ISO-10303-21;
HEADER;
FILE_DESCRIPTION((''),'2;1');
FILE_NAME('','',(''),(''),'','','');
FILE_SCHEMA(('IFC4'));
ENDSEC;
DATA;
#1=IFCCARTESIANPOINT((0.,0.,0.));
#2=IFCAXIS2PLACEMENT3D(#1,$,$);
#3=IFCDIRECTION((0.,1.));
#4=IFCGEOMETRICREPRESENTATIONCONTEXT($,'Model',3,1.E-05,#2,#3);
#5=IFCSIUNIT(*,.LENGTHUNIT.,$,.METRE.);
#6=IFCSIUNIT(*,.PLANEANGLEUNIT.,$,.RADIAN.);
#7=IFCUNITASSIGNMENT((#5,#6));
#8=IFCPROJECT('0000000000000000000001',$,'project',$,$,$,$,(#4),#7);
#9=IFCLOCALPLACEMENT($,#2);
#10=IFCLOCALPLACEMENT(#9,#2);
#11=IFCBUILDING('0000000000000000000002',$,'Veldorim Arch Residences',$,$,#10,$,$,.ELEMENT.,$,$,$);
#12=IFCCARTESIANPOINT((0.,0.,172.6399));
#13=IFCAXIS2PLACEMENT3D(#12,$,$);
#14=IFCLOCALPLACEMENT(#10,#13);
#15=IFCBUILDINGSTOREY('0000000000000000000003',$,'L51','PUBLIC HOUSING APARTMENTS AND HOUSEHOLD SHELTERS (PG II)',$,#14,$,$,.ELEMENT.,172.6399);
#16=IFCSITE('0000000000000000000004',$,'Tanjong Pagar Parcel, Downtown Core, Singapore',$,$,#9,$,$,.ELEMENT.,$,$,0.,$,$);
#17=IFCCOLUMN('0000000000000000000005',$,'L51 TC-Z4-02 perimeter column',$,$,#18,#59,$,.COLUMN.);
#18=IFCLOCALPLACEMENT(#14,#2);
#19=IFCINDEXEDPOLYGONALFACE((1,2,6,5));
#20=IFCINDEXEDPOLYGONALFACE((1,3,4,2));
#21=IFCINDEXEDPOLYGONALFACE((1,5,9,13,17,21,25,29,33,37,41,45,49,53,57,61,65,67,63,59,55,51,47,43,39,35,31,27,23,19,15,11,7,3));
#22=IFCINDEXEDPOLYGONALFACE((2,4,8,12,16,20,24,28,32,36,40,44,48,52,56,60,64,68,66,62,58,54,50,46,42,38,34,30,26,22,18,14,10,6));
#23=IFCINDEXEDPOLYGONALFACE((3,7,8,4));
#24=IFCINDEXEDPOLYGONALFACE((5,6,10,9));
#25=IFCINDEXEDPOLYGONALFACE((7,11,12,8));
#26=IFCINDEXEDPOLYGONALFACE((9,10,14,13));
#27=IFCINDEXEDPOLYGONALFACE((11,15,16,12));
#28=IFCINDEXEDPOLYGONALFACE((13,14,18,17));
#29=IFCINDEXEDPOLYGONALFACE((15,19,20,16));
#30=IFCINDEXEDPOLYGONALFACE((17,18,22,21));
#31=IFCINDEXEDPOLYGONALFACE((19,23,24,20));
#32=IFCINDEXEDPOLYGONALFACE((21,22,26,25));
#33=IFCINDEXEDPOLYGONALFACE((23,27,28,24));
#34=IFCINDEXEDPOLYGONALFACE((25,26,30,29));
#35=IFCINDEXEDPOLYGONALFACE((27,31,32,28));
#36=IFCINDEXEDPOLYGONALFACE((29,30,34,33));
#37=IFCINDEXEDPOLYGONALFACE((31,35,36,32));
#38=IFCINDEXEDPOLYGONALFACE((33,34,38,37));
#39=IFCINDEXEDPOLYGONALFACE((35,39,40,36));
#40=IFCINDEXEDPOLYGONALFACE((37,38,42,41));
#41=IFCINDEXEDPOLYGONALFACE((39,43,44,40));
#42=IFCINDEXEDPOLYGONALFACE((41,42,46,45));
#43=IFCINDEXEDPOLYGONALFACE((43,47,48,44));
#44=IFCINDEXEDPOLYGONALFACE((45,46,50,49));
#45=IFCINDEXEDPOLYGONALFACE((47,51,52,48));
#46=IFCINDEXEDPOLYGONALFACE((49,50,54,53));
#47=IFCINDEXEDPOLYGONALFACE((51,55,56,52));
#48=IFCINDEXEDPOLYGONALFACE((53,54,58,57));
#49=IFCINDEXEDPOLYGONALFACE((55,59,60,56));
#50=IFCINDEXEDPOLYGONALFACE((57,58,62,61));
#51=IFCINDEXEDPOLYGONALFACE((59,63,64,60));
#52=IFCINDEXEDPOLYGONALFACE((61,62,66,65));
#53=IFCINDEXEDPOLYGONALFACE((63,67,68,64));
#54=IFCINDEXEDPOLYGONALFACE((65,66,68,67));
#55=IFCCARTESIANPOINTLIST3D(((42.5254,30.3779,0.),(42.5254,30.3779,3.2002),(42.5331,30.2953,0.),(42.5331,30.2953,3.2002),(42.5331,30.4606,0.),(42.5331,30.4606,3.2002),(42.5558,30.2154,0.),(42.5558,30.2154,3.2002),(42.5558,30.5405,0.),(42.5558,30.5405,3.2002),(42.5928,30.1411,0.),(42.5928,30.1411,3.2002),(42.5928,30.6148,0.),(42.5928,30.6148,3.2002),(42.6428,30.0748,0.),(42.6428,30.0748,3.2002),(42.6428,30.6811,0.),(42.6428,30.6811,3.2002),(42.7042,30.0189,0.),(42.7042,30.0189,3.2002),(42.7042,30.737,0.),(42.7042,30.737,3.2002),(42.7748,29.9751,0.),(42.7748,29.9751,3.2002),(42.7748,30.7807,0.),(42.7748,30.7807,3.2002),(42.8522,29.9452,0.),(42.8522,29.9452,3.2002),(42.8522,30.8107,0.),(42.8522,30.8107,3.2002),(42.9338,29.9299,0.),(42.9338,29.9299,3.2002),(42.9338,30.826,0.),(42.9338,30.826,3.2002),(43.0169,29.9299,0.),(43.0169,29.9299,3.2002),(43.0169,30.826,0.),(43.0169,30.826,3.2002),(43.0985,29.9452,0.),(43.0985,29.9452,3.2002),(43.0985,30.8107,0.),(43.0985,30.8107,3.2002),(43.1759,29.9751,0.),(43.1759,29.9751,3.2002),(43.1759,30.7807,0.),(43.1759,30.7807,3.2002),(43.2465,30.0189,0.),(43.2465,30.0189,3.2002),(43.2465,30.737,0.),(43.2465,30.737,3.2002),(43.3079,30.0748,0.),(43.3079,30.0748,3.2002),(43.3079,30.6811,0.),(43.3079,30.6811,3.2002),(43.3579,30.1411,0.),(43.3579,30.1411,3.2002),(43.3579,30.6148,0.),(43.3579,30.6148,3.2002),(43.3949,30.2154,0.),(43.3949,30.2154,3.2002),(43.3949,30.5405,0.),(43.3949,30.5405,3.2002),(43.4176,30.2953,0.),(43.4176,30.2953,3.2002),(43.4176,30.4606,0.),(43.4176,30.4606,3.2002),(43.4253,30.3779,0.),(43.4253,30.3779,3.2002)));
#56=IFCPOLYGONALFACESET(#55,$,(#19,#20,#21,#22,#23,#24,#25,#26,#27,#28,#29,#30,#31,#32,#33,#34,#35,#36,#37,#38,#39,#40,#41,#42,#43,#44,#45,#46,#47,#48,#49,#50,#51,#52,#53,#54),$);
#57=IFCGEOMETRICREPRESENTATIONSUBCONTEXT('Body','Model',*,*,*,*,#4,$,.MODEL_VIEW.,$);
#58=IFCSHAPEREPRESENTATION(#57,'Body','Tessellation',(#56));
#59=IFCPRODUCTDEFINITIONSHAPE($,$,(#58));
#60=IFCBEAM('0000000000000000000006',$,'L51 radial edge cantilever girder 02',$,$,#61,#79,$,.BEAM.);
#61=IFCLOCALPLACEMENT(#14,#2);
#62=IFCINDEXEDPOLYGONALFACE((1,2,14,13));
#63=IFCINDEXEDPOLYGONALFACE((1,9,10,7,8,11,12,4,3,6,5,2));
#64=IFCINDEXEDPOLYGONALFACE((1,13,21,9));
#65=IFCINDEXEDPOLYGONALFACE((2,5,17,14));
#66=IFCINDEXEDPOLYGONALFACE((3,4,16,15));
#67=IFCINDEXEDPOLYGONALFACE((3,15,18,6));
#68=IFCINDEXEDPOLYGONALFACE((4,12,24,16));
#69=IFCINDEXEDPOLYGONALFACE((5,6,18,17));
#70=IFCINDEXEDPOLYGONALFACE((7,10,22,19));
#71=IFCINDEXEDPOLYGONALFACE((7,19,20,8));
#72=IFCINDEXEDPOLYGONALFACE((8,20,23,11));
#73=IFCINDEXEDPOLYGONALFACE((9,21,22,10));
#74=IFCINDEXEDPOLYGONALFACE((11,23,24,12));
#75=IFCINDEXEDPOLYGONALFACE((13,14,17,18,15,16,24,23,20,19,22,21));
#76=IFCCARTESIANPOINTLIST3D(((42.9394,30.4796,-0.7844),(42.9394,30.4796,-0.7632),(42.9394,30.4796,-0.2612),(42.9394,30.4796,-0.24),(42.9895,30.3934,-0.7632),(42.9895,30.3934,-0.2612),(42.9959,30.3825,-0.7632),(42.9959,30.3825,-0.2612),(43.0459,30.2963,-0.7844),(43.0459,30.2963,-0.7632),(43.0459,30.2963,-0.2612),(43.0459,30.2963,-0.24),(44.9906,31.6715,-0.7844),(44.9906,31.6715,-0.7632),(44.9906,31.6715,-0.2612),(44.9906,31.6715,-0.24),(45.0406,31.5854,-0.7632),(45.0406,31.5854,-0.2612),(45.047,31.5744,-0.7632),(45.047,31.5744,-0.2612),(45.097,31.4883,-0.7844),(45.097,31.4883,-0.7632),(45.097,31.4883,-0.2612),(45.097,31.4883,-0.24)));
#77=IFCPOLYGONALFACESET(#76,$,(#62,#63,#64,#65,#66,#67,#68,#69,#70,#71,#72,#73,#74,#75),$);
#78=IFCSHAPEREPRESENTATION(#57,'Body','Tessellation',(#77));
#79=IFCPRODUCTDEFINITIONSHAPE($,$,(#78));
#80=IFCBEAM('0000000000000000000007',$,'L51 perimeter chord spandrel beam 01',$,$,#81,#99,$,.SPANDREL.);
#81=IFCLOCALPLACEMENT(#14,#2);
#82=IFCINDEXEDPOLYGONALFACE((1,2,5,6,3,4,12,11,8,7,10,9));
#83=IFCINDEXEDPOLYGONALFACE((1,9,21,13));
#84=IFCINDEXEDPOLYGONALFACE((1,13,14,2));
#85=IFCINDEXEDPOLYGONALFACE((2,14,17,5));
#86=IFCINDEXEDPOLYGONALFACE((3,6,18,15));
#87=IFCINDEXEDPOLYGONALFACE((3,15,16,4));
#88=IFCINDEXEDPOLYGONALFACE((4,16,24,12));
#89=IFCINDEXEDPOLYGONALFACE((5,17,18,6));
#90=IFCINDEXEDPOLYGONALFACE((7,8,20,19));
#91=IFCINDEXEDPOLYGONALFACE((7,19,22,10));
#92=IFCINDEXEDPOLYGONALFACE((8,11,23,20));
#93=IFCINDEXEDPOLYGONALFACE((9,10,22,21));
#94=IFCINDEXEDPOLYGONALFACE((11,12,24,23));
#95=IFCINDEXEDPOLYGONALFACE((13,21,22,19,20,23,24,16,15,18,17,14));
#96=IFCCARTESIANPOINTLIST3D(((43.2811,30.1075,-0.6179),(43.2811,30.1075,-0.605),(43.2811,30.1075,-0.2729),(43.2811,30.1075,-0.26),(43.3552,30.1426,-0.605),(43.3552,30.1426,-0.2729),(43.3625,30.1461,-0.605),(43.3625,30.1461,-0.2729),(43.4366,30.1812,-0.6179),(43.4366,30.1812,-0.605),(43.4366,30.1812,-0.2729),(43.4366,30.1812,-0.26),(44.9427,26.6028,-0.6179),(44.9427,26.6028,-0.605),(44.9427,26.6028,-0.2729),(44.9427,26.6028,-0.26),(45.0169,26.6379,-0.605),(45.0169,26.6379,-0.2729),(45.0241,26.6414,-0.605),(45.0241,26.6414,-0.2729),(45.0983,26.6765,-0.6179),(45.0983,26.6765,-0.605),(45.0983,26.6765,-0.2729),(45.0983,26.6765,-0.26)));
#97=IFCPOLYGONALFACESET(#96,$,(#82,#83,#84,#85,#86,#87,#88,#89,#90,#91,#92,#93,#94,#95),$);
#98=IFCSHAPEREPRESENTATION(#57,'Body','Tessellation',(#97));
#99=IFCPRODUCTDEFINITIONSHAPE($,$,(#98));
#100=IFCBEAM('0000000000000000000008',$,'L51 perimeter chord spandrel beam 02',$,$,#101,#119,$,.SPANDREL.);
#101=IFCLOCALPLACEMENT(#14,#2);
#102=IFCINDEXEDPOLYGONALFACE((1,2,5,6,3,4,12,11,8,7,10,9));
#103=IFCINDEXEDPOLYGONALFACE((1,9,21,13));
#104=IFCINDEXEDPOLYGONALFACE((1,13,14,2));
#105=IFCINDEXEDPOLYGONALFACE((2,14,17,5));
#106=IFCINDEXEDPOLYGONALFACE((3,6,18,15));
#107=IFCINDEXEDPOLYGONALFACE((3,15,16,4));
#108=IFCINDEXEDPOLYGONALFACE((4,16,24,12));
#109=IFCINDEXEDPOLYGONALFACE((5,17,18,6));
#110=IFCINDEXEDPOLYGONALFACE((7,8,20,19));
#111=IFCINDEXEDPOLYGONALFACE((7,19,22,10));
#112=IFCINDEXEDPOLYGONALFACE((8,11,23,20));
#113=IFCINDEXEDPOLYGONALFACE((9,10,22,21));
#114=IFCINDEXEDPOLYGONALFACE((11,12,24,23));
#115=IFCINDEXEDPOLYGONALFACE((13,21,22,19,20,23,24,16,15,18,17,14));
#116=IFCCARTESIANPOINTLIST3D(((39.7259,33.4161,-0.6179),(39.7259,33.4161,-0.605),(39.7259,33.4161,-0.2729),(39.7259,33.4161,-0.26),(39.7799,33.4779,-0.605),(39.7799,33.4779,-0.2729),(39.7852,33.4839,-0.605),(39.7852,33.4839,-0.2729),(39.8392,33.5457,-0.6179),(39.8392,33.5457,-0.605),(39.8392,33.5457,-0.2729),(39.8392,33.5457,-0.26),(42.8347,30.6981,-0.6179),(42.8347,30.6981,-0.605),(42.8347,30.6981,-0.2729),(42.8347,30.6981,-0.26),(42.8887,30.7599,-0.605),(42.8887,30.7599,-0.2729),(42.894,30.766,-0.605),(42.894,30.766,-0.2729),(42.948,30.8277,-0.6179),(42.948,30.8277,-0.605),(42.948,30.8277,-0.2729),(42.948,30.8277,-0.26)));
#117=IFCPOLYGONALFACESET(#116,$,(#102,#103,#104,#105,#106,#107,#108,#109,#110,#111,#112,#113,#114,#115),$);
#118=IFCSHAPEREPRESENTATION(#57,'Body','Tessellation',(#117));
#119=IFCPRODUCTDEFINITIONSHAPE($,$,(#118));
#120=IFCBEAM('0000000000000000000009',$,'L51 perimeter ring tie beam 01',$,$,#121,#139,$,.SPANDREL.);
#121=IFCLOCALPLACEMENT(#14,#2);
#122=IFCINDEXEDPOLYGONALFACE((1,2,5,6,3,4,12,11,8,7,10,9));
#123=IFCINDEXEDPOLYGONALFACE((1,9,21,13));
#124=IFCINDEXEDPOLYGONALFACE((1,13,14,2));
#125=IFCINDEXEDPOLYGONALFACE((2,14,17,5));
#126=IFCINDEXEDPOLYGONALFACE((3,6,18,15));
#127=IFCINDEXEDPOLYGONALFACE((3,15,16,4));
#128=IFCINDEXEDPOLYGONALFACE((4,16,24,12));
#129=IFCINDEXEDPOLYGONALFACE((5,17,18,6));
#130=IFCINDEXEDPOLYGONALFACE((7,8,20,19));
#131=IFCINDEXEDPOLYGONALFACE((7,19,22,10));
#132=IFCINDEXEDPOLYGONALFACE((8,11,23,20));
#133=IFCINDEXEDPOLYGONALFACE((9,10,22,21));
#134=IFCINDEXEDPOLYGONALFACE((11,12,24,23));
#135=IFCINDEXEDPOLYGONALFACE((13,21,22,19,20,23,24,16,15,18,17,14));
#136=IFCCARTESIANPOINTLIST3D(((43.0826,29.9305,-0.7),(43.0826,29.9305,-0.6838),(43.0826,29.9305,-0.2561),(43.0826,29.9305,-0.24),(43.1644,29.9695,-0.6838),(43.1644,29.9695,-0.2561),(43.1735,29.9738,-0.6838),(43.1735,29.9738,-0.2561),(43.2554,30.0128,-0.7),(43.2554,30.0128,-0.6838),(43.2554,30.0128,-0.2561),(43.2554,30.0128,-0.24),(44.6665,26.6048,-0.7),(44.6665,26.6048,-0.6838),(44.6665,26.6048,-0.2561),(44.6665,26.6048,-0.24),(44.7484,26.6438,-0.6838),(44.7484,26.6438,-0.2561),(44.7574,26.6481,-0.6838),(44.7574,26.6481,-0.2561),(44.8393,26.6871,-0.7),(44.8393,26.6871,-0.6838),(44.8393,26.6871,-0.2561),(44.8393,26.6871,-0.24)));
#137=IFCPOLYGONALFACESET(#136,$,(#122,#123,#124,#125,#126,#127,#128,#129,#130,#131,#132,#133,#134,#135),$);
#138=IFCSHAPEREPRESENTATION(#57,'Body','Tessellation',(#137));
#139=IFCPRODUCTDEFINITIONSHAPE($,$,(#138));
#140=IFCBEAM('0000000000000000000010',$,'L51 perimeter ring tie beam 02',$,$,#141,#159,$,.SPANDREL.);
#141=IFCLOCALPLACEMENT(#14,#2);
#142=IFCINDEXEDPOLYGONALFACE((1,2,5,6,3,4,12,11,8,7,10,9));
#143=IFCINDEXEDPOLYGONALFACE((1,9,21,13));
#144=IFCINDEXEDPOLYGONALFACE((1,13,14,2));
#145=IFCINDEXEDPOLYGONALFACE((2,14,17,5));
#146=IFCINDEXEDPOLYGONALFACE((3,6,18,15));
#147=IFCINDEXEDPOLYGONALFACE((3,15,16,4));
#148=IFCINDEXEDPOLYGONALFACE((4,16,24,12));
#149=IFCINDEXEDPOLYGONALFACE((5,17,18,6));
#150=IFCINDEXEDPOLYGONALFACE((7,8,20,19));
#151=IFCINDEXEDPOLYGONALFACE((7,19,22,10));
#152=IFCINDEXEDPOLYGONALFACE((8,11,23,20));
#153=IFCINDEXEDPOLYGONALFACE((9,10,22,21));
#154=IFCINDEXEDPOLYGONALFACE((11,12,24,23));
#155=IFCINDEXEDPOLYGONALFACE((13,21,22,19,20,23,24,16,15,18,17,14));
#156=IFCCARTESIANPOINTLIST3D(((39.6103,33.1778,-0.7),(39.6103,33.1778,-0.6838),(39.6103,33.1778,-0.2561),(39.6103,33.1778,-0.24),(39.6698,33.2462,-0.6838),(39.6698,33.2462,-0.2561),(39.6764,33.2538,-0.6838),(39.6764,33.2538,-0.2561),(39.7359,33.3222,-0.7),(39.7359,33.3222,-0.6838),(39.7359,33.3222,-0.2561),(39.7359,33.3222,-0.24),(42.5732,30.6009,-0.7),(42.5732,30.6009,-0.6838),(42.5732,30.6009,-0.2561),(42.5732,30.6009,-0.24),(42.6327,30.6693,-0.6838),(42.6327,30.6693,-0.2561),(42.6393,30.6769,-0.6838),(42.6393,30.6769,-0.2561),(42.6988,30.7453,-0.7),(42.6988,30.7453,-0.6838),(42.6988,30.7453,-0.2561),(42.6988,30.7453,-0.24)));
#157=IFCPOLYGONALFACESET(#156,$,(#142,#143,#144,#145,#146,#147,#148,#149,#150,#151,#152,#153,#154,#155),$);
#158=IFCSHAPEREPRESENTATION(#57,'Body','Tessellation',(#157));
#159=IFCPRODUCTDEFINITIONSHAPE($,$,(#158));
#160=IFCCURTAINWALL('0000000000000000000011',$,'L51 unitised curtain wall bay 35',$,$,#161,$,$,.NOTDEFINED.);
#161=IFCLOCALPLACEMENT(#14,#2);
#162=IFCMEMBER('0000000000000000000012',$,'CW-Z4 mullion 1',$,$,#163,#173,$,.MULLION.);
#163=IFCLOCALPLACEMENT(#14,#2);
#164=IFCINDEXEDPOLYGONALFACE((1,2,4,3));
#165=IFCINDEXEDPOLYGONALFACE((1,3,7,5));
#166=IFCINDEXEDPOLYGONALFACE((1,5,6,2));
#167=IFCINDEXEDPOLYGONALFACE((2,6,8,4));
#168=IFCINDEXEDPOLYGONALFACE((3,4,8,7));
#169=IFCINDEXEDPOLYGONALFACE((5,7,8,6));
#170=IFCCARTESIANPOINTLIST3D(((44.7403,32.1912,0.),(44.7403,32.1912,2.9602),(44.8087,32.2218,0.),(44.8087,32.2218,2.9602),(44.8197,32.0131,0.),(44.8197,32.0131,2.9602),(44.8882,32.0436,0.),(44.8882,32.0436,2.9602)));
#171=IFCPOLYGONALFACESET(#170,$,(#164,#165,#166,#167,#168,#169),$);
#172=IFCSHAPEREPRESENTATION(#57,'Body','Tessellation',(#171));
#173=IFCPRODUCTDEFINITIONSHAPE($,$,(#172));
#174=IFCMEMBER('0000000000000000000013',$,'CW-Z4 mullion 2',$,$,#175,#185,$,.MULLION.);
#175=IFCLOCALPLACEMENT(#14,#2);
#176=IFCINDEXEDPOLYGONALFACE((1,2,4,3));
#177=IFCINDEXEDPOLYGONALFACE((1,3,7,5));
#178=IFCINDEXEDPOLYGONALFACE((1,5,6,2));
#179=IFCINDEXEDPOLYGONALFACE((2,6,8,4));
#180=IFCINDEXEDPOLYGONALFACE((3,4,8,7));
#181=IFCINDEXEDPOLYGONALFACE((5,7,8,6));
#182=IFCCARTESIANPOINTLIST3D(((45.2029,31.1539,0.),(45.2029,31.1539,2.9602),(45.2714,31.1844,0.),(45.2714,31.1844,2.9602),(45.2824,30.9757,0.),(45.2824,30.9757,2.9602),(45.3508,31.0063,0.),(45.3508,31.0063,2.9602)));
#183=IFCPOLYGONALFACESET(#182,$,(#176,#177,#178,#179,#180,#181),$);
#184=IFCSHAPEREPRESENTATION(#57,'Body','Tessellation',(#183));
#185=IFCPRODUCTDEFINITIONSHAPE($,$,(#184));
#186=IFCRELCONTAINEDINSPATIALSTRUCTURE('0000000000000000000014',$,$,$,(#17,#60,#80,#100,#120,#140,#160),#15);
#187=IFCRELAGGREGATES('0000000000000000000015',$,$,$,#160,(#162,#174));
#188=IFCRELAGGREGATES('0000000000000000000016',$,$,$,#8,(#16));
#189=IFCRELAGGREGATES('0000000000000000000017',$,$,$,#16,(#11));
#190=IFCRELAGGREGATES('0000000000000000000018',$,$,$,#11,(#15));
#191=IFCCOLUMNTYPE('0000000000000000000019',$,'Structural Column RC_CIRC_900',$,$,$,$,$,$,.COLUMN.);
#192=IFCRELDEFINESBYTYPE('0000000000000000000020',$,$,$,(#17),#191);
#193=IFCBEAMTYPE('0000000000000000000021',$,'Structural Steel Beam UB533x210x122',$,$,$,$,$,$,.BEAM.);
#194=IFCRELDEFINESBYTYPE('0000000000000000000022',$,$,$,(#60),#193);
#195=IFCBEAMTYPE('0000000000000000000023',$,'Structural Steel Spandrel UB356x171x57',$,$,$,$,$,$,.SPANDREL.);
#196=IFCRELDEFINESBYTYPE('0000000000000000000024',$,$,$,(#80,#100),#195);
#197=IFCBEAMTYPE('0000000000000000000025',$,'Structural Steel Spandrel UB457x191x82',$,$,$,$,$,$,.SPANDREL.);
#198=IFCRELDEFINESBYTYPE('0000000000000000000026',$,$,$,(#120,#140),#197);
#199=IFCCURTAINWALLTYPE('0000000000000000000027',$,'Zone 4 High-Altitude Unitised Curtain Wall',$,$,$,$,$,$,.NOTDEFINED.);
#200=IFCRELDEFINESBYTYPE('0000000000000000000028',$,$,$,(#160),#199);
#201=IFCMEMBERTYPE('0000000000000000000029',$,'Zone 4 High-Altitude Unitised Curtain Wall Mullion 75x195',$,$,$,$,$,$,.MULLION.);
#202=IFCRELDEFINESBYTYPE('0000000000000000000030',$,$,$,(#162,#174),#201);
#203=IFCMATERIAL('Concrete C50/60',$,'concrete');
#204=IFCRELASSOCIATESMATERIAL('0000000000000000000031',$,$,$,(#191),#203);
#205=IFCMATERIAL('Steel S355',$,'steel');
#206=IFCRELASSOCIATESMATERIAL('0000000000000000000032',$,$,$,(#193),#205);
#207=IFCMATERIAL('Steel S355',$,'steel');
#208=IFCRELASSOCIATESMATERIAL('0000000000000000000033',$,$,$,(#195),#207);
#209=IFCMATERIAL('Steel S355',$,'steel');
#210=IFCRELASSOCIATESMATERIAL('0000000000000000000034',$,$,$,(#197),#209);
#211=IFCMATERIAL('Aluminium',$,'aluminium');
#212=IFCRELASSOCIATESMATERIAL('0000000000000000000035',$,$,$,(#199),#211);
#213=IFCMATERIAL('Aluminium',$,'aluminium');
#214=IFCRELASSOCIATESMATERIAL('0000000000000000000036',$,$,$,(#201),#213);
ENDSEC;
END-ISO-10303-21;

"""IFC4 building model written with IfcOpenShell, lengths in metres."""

from ifc_helpers import new_model, si_unit, direction, frame, origin, origin_2d, place, context, subcontext, project, spatial, rectangle, circle, i_section, extrude, material, material_profile, profile_set, type_object, element, aggregate, save


model = new_model("IFC4")

# Units and contexts
model_context = context("Model", 3, precision=1e-05, world=origin(), true_north=direction((0.0, 1.0)))
body_context = subcontext(model_context, "Body", "Model", "MODEL_VIEW")
ifc_project = project(units=[si_unit("LENGTHUNIT", "METRE"), si_unit("PLANEANGLEUNIT", "RADIAN")], contexts=[model_context])

# Site, building, storey
site_placement = place(None, origin())
site = spatial("IfcSite", under=ifc_project, at=site_placement, Name="Tanjong Pagar Parcel, Downtown Core, Singapore", CompositionType="ELEMENT", RefElevation=0.0)
building_placement = place(site_placement, origin())
building = spatial("IfcBuilding", under=site, at=building_placement, Name="Veldorim Arch Residences", CompositionType="ELEMENT")
storey_placement = place(building_placement, frame((0.0, 0.0, 172.6399)))
storey = spatial("IfcBuildingStorey", under=building, at=storey_placement, Name="L51", Description="PUBLIC HOUSING APARTMENTS AND HOUSEHOLD SHELTERS (PG II)", CompositionType="ELEMENT", Elevation=172.6399)

# Column
ifc_material_1 = material(Name="Concrete C50/60", Category="concrete")
ifc_material_profile_1 = material_profile(ifc_material_1, circle(Radius=0.45, at=origin_2d()), Name="RC_CIRC_900")
ifc_profile_set_1 = profile_set([ifc_material_profile_1], Name="Concrete C50/60")
column_type = type_object("IfcColumnType", Name="Structural Column RC_CIRC_900", PredefinedType="COLUMN", material=ifc_profile_set_1)
column_placement = place(storey_placement, frame((42.9753, 30.3779, 0.0), z_axis=(0.0, 0.0, 1.0), x_axis=(1.0, 0.0, 0.0)))
element("IfcColumn", 1, at=column_placement, inside=storey, type_object=column_type, Name="L51 TC-Z4-02 perimeter column", PredefinedType="COLUMN", context=body_context, shape_type="SweptSolid", body=[
    extrude(circle(Radius=0.45, at=origin_2d()), origin(), (0.0, 0.0, 1.0), 3.2002),
])

# Beams
ifc_material_2 = material(Name="Steel S355", Category="steel")
ifc_material_profile_2 = material_profile(ifc_material_2, i_section(OverallWidth=0.2119, OverallDepth=0.5444, WebThickness=0.0127, FlangeThickness=0.0212, at=origin_2d()), Name="UB533x210x122")
ifc_profile_set_2 = profile_set([ifc_material_profile_2], Name="Steel S355")
beam_type_1 = type_object("IfcBeamType", Name="Structural Steel Beam UB533x210x122", PredefinedType="BEAM", material=ifc_profile_set_2)
beam_1_placement = place(storey_placement, frame((42.9927, 30.3879, -0.5122), z_axis=(0.86461, 0.502443, 0.0), x_axis=(-0.502443, 0.86461, 0.0)))
element("IfcBeam", 2, at=beam_1_placement, inside=storey, type_object=beam_type_1, Name="L51 radial edge cantilever girder 02", PredefinedType="BEAM", context=body_context, shape_type="SweptSolid", body=[
    extrude(i_section(OverallWidth=0.2119, OverallDepth=0.5444, WebThickness=0.0127, FlangeThickness=0.0212, at=origin_2d()), origin(), (0.0, 0.0, 1.0), 2.3723),
])
ifc_material_3 = material(Name="Steel S355", Category="steel")
ifc_material_profile_3 = material_profile(ifc_material_3, i_section(OverallWidth=0.1721, OverallDepth=0.3579, WebThickness=0.0081, FlangeThickness=0.0129, at=origin_2d()), Name="UB356x171x57")
ifc_profile_set_3 = profile_set([ifc_material_profile_3], Name="Steel S355")
beam_type_2 = type_object("IfcBeamType", Name="Structural Steel Spandrel UB356x171x57", PredefinedType="SPANDREL", material=ifc_profile_set_3)
beam_2_placement = place(storey_placement, frame((45.0205, 26.6396, -0.439), z_axis=(-0.428408, 0.903585, 0.0), x_axis=(-0.903585, -0.428408, 0.0)))
element("IfcBeam", 3, at=beam_2_placement, inside=storey, type_object=beam_type_2, Name="L51 perimeter chord spandrel beam 01", PredefinedType="SPANDREL", context=body_context, shape_type="SweptSolid", body=[
    extrude(i_section(OverallWidth=0.1721, OverallDepth=0.3579, WebThickness=0.0081, FlangeThickness=0.0129, at=origin_2d()), origin(), (0.0, 0.0, 1.0), 3.8787),
])
beam_3_placement = place(storey_placement, frame((42.8914, 30.7629, -0.439), z_axis=(-0.752848, 0.658195, 0.0), x_axis=(-0.658195, -0.752848, 0.0)))
element("IfcBeam", 4, at=beam_3_placement, inside=storey, type_object=beam_type_2, Name="L51 perimeter chord spandrel beam 02", PredefinedType="SPANDREL", context=body_context, shape_type="SweptSolid", body=[
    extrude(i_section(OverallWidth=0.1721, OverallDepth=0.3579, WebThickness=0.0081, FlangeThickness=0.0129, at=origin_2d()), origin(), (0.0, 0.0, 1.0), 4.1294),
])
ifc_material_4 = material(Name="Steel S355", Category="steel")
ifc_material_profile_4 = material_profile(ifc_material_4, i_section(OverallWidth=0.1914, OverallDepth=0.46, WebThickness=0.01, FlangeThickness=0.0161, at=origin_2d()), Name="UB457x191x82")
ifc_profile_set_4 = profile_set([ifc_material_profile_4], Name="Steel S355")
beam_type_3 = type_object("IfcBeamType", Name="Structural Steel Spandrel UB457x191x82", PredefinedType="SPANDREL", material=ifc_profile_set_4)
beam_4_placement = place(storey_placement, frame((44.7529, 26.646, -0.47), z_axis=(-0.430006, 0.902826, 0.0), x_axis=(-0.902826, -0.430006, 0.0)))
element("IfcBeam", 5, at=beam_4_placement, inside=storey, type_object=beam_type_3, Name="L51 perimeter ring tie beam 01", PredefinedType="SPANDREL", context=body_context, shape_type="SweptSolid", body=[
    extrude(i_section(OverallWidth=0.1914, OverallDepth=0.46, WebThickness=0.01, FlangeThickness=0.0161, at=origin_2d()), origin(), (0.0, 0.0, 1.0), 3.6836),
])
beam_5_placement = place(storey_placement, frame((42.636, 30.6731, -0.47), z_axis=(-0.754545, 0.656248, 0.0), x_axis=(-0.656248, -0.754545, 0.0)))
element("IfcBeam", 6, at=beam_5_placement, inside=storey, type_object=beam_type_3, Name="L51 perimeter ring tie beam 02", PredefinedType="SPANDREL", context=body_context, shape_type="SweptSolid", body=[
    extrude(i_section(OverallWidth=0.1914, OverallDepth=0.46, WebThickness=0.01, FlangeThickness=0.0161, at=origin_2d()), origin(), (0.0, 0.0, 1.0), 3.9268),
])

# Curtain wall, members
ifc_material_5 = material(Name="Aluminium", Category="aluminium")
curtain_wall_type = type_object("IfcCurtainWallType", Name="Zone 4 High-Altitude Unitised Curtain Wall", PredefinedType="NOTDEFINED", material=ifc_material_5)
curtain_wall_placement = place(storey_placement, origin())
curtain_wall = element("IfcCurtainWall", 7, at=curtain_wall_placement, inside=storey, type_object=curtain_wall_type, Name="L51 unitised curtain wall bay 35", PredefinedType="NOTDEFINED")
ifc_material_6 = material(Name="Aluminium", Category="aluminium")
ifc_material_profile_5 = material_profile(ifc_material_6, rectangle(XDim=0.075, YDim=0.1951, at=origin_2d()), Name="ALU_MUL_75x195")
ifc_profile_set_5 = profile_set([ifc_material_profile_5], Name="Aluminium")
member_type_1 = type_object("IfcMemberType", Name="Zone 4 High-Altitude Unitised Curtain Wall Mullion 75x195", PredefinedType="MULLION", material=ifc_profile_set_5)
member_1_placement = place(storey_placement, frame((44.8142, 32.1174, 0.0), z_axis=(0.0, 0.0, 1.0), x_axis=(0.913308, 0.407269, 0.0)))
member_1 = element("IfcMember", 8, at=member_1_placement, type_object=member_type_1, Name="CW-Z4 mullion 1", PredefinedType="MULLION", context=body_context, shape_type="SweptSolid", body=[
    extrude(rectangle(XDim=0.075, YDim=0.1951, at=origin_2d()), origin(), (0.0, 0.0, 1.0), 2.9602),
])
member_2_placement = place(storey_placement, frame((45.2769, 31.0801, 0.0), z_axis=(0.0, 0.0, 1.0), x_axis=(0.913308, 0.407269, 0.0)))
member_2 = element("IfcMember", 9, at=member_2_placement, type_object=member_type_1, Name="CW-Z4 mullion 2", PredefinedType="MULLION", context=body_context, shape_type="SweptSolid", body=[
    extrude(rectangle(XDim=0.075, YDim=0.1951, at=origin_2d()), origin(), (0.0, 0.0, 1.0), 2.9602),
])
aggregate(curtain_wall, [member_1, member_2])

save(model, "model.ifc")
